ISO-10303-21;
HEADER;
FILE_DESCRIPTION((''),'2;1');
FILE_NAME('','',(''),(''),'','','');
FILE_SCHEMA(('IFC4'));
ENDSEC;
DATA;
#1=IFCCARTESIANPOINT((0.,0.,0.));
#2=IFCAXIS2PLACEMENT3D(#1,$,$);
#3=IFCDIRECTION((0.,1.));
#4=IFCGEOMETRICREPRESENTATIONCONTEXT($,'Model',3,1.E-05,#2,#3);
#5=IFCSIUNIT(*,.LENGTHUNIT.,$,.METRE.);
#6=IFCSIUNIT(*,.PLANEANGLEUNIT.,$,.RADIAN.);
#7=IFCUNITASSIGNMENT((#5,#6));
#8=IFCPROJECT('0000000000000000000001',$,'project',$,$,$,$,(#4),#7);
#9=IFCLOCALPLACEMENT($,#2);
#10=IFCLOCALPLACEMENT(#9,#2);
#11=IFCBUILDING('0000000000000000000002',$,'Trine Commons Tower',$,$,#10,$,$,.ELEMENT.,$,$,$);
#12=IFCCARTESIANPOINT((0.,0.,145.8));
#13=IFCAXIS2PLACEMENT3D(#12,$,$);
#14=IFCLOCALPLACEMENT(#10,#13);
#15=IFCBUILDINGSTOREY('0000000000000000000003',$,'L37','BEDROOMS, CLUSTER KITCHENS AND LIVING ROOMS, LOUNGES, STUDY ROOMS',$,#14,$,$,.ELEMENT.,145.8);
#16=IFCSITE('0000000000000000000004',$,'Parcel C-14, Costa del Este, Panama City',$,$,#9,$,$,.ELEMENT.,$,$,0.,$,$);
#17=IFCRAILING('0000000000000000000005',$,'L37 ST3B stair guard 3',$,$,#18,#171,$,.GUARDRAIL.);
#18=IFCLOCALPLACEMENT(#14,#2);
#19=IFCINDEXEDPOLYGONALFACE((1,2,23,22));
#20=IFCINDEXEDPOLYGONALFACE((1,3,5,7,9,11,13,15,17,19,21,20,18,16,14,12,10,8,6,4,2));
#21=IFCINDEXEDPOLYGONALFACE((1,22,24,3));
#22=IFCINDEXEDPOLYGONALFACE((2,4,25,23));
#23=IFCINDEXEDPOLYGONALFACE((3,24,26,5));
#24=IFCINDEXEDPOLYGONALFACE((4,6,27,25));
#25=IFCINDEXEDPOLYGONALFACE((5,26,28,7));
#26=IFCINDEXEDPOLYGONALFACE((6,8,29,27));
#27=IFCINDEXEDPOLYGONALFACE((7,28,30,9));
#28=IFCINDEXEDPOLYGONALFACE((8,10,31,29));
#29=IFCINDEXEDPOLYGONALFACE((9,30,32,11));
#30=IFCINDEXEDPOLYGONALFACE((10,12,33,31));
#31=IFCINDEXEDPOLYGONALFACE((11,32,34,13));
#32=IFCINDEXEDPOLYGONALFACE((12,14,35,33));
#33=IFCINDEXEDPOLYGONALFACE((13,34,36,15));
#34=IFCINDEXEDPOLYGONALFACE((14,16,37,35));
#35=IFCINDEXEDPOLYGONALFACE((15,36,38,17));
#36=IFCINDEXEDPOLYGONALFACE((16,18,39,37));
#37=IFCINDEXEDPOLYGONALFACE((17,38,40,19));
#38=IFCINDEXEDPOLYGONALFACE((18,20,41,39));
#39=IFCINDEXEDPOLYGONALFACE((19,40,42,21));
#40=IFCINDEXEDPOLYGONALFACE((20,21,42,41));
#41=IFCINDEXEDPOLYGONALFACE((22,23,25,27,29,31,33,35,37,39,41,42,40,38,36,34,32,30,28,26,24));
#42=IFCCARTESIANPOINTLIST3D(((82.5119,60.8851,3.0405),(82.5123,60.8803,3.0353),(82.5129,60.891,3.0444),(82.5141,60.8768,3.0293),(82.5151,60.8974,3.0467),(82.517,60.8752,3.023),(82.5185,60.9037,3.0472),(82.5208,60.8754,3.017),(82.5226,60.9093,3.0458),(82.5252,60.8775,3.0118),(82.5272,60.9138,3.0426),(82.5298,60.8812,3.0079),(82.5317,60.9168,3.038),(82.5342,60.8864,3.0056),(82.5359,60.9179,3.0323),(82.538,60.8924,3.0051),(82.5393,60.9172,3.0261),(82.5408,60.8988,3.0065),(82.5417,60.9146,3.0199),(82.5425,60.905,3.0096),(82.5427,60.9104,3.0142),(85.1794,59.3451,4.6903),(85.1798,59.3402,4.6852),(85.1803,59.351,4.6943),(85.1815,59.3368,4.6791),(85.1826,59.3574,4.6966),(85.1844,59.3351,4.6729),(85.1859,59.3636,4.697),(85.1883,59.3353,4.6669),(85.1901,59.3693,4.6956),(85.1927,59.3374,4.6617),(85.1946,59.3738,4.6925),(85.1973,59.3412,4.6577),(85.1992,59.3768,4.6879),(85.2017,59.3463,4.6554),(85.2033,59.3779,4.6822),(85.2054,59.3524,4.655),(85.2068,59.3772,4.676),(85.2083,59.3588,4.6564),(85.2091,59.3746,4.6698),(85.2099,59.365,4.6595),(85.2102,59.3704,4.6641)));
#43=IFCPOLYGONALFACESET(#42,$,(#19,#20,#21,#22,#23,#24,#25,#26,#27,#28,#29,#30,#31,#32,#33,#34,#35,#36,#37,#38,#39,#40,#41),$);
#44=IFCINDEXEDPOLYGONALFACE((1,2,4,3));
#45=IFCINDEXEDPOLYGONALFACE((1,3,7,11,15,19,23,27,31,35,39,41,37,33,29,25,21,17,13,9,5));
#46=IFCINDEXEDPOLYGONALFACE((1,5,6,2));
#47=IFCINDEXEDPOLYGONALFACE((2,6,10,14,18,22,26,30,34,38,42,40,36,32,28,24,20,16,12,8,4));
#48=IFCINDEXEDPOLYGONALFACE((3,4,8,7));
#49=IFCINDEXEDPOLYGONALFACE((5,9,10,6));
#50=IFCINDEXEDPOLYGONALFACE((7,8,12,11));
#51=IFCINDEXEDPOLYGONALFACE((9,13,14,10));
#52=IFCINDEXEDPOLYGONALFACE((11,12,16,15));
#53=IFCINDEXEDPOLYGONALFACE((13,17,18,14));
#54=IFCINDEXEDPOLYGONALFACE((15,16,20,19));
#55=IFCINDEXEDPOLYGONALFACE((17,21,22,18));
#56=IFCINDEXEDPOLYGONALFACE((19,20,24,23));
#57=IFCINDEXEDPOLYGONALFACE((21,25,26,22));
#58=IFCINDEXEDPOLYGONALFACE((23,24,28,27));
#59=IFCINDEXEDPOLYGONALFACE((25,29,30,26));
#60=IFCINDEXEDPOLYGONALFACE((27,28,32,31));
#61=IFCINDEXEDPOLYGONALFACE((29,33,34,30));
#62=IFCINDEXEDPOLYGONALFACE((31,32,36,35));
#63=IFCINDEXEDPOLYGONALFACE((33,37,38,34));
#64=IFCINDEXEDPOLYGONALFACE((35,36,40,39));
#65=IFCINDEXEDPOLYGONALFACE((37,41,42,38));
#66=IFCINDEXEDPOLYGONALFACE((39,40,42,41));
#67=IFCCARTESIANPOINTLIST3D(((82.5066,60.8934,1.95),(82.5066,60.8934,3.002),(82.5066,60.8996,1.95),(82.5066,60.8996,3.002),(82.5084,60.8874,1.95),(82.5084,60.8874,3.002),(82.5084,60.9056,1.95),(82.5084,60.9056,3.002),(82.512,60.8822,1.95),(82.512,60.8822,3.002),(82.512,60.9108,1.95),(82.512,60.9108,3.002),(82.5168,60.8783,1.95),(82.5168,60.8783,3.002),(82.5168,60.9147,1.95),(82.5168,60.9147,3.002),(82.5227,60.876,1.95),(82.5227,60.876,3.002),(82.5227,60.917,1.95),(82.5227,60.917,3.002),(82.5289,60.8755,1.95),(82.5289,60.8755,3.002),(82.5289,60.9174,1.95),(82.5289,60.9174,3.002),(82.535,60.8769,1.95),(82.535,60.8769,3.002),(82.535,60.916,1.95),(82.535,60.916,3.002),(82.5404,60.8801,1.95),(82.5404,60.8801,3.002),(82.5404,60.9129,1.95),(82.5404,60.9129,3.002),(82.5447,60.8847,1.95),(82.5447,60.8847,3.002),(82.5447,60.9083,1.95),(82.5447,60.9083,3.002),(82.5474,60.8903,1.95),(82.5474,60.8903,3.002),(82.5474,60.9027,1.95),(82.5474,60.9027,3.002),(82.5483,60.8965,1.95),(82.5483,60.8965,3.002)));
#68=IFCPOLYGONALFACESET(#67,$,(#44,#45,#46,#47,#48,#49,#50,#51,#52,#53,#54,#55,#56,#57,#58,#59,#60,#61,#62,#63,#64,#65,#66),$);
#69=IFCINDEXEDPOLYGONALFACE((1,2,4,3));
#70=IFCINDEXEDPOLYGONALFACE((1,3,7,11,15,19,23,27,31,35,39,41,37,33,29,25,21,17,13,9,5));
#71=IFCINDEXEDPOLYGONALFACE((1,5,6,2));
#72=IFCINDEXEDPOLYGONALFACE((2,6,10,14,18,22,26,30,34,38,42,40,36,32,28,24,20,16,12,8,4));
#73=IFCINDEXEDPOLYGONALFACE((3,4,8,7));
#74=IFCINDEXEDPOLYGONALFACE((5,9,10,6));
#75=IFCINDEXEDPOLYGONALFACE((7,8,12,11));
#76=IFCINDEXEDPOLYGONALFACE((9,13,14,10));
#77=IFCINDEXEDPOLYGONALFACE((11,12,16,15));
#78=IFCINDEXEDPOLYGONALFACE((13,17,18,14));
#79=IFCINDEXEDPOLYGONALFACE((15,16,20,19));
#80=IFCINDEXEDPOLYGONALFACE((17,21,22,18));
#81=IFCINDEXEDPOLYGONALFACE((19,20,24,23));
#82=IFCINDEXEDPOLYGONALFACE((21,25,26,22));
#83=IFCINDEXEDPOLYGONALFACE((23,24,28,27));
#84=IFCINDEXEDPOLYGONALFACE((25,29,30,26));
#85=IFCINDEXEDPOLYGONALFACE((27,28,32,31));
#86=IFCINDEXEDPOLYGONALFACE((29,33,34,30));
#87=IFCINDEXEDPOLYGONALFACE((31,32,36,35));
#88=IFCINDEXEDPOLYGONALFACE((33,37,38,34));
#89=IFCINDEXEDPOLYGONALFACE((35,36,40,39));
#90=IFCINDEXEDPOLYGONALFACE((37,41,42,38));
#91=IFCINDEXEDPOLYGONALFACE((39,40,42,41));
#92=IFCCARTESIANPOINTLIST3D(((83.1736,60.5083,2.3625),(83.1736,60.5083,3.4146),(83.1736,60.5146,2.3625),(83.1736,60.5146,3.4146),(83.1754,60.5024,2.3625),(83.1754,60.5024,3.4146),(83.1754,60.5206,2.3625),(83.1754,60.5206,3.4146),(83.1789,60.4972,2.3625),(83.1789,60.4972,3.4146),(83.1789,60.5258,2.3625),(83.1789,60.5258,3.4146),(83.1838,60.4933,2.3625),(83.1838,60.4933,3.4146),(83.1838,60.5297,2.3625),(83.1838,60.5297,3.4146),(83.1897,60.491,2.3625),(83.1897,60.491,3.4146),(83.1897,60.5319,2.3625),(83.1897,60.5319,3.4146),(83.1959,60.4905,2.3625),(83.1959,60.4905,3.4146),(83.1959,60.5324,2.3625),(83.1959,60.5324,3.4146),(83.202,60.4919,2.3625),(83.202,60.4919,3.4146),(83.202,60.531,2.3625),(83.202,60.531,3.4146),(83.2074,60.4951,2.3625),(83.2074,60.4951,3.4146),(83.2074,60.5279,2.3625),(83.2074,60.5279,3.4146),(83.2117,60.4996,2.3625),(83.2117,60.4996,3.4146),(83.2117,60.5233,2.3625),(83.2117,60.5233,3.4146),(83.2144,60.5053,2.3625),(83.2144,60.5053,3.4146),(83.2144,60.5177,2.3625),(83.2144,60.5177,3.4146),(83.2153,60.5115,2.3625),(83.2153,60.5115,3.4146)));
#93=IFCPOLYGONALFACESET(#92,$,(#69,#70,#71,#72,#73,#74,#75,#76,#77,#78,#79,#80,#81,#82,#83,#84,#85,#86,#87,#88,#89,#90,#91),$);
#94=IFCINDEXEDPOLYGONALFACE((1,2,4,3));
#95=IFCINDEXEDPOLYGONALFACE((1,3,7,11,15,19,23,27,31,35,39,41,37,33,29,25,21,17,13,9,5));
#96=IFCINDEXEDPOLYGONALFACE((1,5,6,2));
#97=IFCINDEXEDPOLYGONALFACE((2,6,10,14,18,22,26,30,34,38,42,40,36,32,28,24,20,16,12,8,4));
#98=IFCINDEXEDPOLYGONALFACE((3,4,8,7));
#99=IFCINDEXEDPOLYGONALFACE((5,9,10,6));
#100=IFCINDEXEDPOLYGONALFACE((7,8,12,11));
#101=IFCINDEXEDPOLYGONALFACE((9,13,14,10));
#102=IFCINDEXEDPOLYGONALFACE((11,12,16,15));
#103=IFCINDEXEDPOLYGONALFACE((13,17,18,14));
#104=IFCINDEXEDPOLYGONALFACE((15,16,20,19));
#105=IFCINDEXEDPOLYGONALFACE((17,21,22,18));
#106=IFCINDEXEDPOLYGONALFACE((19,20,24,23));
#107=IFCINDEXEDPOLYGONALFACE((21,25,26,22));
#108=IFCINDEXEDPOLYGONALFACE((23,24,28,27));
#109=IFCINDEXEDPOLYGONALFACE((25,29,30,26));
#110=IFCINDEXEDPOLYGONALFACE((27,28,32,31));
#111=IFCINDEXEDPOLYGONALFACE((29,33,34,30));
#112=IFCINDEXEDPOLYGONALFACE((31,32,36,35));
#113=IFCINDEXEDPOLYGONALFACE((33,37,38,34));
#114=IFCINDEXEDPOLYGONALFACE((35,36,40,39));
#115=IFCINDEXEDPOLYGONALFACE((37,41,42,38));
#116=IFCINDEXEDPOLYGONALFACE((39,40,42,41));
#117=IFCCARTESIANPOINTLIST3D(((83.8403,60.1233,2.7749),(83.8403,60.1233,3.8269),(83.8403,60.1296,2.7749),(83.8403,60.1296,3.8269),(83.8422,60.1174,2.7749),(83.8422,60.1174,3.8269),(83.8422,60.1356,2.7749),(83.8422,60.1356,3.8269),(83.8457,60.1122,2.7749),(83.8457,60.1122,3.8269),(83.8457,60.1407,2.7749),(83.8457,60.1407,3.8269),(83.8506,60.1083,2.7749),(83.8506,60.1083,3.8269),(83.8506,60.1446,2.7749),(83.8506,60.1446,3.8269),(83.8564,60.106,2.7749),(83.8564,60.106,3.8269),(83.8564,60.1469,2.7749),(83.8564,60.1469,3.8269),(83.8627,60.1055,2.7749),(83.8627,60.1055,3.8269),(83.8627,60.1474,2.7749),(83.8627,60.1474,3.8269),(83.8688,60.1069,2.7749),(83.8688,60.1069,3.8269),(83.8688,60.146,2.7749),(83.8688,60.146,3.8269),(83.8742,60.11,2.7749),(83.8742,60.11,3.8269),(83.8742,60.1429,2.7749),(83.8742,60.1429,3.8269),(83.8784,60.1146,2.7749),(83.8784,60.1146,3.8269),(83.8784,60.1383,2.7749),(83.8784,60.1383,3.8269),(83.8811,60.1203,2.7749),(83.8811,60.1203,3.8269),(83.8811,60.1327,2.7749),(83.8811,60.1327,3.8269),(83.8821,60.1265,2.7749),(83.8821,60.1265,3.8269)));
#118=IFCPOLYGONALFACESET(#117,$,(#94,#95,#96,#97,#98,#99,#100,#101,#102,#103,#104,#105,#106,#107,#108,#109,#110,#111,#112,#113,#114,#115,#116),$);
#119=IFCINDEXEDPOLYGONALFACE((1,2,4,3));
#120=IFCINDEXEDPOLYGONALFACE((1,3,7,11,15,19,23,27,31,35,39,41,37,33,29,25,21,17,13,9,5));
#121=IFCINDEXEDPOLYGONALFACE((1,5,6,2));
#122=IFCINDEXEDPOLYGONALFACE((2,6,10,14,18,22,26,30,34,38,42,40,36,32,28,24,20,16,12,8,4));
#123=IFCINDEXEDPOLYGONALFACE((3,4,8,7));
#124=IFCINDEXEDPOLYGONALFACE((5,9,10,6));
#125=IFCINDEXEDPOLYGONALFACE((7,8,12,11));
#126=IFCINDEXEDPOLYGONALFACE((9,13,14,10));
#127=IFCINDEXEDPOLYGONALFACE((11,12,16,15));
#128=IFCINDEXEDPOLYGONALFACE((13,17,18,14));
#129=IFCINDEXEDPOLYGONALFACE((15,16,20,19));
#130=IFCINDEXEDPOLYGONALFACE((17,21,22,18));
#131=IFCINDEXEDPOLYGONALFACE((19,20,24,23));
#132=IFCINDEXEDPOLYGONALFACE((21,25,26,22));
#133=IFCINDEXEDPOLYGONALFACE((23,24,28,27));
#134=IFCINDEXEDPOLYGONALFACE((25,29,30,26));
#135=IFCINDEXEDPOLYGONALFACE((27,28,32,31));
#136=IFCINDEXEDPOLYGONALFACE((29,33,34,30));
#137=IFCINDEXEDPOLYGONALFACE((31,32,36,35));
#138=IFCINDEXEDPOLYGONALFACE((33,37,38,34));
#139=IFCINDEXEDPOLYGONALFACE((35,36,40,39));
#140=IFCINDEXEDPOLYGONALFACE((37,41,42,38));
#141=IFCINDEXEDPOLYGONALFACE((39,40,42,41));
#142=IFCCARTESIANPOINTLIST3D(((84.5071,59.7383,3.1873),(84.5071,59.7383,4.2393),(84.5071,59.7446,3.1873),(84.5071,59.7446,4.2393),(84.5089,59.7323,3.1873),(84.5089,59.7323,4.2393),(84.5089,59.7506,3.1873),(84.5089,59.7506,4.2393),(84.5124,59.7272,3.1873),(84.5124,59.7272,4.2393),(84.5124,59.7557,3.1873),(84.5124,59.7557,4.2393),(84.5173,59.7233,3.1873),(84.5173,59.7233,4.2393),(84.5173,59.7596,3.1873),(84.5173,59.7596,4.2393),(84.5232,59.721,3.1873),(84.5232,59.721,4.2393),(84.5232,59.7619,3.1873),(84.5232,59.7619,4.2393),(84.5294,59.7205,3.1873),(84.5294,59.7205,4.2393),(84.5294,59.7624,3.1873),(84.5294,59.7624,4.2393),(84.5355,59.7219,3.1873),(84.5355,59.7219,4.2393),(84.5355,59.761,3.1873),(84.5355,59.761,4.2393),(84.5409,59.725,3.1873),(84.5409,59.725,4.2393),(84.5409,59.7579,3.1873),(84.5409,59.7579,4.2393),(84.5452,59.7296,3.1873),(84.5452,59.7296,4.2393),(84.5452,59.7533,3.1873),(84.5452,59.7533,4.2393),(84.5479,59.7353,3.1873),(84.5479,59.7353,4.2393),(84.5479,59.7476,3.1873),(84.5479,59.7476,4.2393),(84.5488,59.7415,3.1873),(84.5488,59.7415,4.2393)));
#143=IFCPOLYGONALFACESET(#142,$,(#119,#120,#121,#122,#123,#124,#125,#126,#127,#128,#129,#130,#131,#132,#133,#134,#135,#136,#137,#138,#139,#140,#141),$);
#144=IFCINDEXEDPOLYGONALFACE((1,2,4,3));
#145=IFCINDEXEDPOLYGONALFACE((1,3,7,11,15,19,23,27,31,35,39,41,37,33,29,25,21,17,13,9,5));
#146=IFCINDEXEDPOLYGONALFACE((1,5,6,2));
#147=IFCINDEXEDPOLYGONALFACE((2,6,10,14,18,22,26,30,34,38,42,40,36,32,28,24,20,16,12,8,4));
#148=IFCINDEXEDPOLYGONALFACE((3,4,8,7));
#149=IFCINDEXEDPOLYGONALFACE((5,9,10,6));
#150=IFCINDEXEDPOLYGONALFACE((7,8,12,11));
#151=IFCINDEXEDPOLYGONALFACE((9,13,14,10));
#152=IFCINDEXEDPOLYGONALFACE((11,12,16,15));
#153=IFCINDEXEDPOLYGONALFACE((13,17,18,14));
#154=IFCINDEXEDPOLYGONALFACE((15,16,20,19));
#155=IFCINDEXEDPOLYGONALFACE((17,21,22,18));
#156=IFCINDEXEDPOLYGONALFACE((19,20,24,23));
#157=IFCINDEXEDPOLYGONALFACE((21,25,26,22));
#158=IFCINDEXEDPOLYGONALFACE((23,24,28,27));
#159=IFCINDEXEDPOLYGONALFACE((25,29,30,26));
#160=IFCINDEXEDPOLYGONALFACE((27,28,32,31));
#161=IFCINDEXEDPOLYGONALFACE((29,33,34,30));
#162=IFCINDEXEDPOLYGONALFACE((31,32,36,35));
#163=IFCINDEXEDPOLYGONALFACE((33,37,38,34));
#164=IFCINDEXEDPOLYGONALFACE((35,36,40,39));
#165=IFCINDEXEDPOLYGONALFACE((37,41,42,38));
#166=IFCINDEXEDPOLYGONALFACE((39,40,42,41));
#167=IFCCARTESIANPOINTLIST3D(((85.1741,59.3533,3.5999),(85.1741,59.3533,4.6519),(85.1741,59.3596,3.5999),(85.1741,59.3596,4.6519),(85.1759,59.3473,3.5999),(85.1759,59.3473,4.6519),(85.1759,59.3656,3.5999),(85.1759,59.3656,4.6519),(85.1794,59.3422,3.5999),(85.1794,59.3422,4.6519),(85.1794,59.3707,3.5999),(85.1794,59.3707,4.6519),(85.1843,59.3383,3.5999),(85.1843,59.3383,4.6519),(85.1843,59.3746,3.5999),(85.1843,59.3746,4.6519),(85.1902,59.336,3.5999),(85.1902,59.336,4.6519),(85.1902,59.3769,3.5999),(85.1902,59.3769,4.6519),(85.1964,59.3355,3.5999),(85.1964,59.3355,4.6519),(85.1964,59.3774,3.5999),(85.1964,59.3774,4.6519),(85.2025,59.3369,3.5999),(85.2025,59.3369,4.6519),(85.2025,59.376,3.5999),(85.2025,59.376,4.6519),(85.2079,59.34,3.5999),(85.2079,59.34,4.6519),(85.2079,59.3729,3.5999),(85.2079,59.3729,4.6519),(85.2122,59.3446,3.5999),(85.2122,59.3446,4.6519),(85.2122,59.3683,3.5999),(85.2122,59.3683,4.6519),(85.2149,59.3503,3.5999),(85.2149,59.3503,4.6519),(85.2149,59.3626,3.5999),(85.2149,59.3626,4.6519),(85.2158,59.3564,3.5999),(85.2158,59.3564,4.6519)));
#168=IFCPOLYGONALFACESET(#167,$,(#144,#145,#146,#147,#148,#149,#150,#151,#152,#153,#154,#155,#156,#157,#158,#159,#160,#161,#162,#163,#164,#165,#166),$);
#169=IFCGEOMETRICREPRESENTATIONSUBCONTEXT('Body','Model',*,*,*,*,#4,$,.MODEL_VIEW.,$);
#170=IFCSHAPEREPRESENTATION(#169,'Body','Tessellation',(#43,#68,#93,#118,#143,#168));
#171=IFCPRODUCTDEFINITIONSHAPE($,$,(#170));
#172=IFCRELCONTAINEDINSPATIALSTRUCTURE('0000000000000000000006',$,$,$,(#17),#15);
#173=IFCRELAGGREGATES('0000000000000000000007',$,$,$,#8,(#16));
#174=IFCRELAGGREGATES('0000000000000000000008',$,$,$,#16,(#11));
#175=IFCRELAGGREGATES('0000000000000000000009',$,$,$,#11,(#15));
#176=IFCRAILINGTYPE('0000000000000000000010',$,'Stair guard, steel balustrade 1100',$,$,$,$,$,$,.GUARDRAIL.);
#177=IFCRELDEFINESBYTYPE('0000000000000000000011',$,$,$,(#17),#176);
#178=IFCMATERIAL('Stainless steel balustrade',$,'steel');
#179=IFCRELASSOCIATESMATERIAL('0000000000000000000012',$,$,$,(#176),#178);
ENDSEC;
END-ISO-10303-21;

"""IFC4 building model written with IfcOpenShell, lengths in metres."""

from ifc_helpers import new_model, si_unit, direction, frame, origin, origin_2d, place, context, subcontext, project, spatial, circle, extrude, material, type_object, element, save


model = new_model("IFC4")

# Units and contexts
model_context = context("Model", 3, precision=1e-05, world=origin(), true_north=direction((0.0, 1.0)))
body_context = subcontext(model_context, "Body", "Model", "MODEL_VIEW")
ifc_project = project(units=[si_unit("LENGTHUNIT", "METRE"), si_unit("PLANEANGLEUNIT", "RADIAN")], contexts=[model_context])

# Site, building, storey
site_placement = place(None, origin())
site = spatial("IfcSite", under=ifc_project, at=site_placement, Name="Parcel C-14, Costa del Este, Panama City", CompositionType="ELEMENT", RefElevation=0.0)
building_placement = place(site_placement, origin())
building = spatial("IfcBuilding", under=site, at=building_placement, Name="Trine Commons Tower", CompositionType="ELEMENT")
storey_placement = place(building_placement, frame((0.0, 0.0, 145.8)))
storey = spatial("IfcBuildingStorey", under=building, at=storey_placement, Name="L37", Description="BEDROOMS, CLUSTER KITCHENS AND LIVING ROOMS, LOUNGES, STUDY ROOMS", CompositionType="ELEMENT", Elevation=145.8)

# Railing
ifc_material_1 = material(Name="Stainless steel balustrade", Category="steel")
railing_type_1 = type_object("IfcRailingType", Name="Stair guard, steel balustrade 1100", PredefinedType="GUARDRAIL", material=ifc_material_1)
railing_1_placement = place(storey_placement, frame((82.5273, 60.8965, 1.95)))
element("IfcRailing", 1, at=railing_1_placement, inside=storey, type_object=railing_type_1, Name="L37 ST3B stair guard 3", PredefinedType="GUARDRAIL", context=body_context, shape_type="SweptSolid", body=[
    extrude(circle(Radius=0.0239, at=origin_2d()), frame((0.0, 0.0, 1.0762), z_axis=(0.763405, -0.440743, 0.472185), x_axis=(0.499992, 0.86603, 0.0)), (0.0, 0.0, 1.0), 3.4941),
    extrude(circle(Radius=0.021, at=origin_2d()), origin(), (0.0, 0.0, 1.0), 1.052),
    extrude(circle(Radius=0.021, at=origin_2d()), frame((0.667, -0.385, 0.4126)), (0.0, 0.0, 1.0), 1.052),
    extrude(circle(Radius=0.021, at=origin_2d()), frame((1.3337, -0.77, 0.825)), (0.0, 0.0, 1.0), 1.052),
    extrude(circle(Radius=0.021, at=origin_2d()), frame((2.0005, -1.155, 1.2373)), (0.0, 0.0, 1.0), 1.052),
    extrude(circle(Radius=0.021, at=origin_2d()), frame((2.6675, -1.54, 1.6499)), (0.0, 0.0, 1.0), 1.052),
])

save(model, "model.ifc")
